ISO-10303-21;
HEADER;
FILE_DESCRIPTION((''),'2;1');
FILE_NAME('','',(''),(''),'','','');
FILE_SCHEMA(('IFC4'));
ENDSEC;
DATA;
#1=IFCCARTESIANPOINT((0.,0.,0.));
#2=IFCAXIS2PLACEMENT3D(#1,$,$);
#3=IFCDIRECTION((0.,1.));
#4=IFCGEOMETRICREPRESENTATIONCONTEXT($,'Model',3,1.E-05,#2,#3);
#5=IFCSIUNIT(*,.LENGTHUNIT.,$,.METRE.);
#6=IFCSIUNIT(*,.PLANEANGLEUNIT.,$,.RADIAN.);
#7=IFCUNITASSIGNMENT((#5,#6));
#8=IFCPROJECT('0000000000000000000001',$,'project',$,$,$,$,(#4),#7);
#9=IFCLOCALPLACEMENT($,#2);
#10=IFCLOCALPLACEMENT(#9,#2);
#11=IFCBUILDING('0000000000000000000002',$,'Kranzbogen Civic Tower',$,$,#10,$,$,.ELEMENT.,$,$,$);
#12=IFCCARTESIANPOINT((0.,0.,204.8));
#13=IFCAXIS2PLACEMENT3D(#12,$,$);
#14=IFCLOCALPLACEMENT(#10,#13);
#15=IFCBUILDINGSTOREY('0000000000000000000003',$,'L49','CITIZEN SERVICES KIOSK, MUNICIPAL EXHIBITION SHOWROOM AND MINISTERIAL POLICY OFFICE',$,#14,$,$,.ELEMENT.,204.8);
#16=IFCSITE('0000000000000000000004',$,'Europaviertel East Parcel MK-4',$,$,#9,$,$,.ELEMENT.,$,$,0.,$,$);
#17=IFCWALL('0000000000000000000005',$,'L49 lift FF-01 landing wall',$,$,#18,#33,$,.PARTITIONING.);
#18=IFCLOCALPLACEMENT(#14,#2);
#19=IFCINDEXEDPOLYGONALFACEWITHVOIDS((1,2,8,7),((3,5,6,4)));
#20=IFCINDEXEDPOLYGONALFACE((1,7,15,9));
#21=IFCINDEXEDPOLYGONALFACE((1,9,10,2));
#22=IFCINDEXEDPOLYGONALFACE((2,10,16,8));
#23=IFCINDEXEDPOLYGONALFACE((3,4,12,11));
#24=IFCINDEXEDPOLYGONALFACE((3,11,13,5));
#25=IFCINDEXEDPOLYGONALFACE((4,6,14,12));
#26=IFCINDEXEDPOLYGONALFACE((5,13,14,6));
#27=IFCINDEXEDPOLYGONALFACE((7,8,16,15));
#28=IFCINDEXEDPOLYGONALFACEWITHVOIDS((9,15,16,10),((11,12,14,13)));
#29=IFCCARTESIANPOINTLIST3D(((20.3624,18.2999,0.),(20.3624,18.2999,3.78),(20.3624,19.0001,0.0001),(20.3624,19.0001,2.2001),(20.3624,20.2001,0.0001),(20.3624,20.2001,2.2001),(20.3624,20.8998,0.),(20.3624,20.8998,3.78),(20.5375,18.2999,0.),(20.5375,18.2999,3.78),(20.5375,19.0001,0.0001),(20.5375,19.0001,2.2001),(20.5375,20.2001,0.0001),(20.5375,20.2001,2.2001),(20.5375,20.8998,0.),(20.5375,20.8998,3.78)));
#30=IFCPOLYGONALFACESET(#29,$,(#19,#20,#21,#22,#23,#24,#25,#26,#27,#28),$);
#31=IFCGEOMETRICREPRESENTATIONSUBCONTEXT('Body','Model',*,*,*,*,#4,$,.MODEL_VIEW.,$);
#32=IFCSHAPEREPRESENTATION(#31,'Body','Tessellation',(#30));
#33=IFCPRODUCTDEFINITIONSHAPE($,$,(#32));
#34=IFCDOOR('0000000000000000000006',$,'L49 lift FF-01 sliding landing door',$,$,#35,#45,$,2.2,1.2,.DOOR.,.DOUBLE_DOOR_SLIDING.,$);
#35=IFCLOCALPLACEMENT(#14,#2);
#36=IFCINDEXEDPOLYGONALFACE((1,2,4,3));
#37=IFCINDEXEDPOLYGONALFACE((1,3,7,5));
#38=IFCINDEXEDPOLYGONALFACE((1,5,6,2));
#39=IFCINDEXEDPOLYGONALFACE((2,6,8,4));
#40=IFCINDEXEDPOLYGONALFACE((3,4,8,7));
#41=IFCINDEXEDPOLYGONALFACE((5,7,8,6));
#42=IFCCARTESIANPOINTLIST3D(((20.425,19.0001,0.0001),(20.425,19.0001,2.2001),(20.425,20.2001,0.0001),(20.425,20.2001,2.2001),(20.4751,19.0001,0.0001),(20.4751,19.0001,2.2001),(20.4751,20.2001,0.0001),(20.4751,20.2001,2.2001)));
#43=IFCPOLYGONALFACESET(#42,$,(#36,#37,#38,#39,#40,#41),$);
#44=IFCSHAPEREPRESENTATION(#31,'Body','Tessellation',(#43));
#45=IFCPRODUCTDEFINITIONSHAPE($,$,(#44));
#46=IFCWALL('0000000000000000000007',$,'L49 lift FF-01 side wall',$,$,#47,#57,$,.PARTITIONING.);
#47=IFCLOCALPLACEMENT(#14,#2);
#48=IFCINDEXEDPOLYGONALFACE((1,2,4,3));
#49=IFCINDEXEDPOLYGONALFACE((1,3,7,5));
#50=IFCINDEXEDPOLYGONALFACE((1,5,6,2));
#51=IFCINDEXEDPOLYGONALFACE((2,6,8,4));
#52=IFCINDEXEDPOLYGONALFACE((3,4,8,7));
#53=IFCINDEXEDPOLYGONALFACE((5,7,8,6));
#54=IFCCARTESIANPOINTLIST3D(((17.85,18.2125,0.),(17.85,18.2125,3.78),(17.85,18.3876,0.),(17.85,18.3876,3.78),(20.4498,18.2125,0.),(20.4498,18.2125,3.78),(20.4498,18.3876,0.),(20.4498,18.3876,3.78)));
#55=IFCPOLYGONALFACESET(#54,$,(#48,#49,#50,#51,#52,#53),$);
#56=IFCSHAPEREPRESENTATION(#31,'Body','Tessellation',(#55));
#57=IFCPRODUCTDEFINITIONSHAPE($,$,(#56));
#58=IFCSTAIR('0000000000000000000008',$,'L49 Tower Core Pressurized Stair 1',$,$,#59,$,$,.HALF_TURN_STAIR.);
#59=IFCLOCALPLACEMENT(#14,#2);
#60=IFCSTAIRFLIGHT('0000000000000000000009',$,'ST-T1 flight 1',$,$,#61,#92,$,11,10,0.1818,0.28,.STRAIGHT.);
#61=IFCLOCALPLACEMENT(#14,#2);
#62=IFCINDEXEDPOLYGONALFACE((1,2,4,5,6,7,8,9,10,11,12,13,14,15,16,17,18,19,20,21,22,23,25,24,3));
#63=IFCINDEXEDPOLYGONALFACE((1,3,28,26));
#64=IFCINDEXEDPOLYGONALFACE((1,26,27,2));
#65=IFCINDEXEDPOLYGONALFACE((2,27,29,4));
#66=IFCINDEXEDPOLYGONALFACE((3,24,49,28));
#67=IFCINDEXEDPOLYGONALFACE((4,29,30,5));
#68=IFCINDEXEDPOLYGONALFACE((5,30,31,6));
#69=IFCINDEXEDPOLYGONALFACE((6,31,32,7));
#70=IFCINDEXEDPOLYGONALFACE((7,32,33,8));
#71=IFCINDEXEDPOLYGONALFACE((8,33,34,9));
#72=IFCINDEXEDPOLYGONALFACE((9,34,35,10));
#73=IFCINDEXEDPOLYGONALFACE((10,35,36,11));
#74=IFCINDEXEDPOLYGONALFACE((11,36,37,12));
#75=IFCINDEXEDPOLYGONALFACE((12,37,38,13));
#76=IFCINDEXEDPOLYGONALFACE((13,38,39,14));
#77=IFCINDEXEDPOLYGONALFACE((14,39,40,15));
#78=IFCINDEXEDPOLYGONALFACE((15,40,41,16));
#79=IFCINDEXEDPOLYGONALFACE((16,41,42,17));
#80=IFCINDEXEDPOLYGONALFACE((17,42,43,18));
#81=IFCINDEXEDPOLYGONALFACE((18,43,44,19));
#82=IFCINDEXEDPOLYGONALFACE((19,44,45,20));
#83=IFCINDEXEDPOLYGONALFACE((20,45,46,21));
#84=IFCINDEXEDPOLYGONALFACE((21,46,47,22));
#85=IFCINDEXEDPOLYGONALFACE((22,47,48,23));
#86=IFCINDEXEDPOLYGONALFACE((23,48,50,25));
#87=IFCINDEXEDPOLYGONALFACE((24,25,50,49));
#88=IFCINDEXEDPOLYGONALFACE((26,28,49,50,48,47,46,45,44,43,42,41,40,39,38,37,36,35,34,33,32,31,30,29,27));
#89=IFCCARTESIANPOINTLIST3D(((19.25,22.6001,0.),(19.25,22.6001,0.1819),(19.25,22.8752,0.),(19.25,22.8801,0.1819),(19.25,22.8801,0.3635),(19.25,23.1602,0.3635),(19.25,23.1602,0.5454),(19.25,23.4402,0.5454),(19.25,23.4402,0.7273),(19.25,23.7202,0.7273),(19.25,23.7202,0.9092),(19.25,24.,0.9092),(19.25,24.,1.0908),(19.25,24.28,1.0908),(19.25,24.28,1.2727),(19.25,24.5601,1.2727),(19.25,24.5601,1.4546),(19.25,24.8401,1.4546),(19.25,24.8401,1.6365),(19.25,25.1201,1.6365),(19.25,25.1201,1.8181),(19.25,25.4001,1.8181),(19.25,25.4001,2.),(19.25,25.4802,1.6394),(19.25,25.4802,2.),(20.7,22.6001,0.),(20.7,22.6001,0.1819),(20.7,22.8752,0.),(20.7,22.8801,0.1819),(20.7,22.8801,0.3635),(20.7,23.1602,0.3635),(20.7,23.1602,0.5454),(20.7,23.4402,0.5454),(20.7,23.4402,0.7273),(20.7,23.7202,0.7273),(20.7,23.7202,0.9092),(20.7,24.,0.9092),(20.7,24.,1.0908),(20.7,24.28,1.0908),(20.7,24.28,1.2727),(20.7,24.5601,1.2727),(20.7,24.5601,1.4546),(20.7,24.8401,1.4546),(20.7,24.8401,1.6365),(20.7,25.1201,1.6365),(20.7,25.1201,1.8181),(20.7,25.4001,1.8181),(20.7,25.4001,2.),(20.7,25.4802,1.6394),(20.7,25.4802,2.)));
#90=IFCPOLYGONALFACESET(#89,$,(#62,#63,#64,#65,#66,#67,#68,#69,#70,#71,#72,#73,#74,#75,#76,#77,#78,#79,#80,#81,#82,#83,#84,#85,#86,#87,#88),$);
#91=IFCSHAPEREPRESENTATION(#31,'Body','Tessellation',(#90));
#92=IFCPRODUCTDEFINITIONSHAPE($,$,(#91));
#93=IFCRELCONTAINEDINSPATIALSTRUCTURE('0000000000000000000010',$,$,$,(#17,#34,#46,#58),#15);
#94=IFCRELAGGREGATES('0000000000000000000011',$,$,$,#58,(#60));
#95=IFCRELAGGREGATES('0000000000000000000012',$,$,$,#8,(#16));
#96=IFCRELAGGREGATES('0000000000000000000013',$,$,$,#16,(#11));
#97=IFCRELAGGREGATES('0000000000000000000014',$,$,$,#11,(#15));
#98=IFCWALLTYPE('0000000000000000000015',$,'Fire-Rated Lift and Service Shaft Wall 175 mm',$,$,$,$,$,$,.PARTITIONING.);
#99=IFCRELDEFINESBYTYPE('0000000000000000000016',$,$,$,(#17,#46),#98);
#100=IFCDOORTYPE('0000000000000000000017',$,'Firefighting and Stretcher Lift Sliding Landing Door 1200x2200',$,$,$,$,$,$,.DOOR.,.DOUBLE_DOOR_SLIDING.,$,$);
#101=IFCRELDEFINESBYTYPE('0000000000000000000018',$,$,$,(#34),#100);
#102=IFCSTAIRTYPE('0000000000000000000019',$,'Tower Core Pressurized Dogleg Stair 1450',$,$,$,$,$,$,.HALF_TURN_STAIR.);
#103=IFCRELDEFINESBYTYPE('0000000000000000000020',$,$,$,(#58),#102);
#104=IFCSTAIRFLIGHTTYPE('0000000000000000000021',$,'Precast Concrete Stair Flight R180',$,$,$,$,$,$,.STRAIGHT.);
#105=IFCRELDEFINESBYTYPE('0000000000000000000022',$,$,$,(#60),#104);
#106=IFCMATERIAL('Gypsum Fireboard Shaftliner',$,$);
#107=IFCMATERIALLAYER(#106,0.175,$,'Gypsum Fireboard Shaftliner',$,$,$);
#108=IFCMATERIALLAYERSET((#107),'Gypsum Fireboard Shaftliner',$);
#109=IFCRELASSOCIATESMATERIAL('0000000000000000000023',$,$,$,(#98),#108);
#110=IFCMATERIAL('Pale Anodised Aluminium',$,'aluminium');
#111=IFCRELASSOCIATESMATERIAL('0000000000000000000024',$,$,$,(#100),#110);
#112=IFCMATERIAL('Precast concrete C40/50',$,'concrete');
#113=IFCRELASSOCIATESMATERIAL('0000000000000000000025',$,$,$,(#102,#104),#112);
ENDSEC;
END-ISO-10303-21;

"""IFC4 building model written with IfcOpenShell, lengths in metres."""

from ifc_helpers import new_model, si_unit, direction, frame, frame_2d, origin, place, context, subcontext, project, spatial, polyline, rectangle, outline, extrude, material, layer, layer_set, type_object, element, fill, aggregate, save


model = new_model("IFC4")

# Units and contexts
model_context = context("Model", 3, precision=1e-05, world=origin(), true_north=direction((0.0, 1.0)))
body_context = subcontext(model_context, "Body", "Model", "MODEL_VIEW")
ifc_project = project(units=[si_unit("LENGTHUNIT", "METRE"), si_unit("PLANEANGLEUNIT", "RADIAN")], contexts=[model_context])

# Site, building, storey
site_placement = place(None, origin())
site = spatial("IfcSite", under=ifc_project, at=site_placement, Name="Europaviertel East Parcel MK-4", CompositionType="ELEMENT", RefElevation=0.0)
building_placement = place(site_placement, origin())
building = spatial("IfcBuilding", under=site, at=building_placement, Name="Kranzbogen Civic Tower", CompositionType="ELEMENT")
storey_placement = place(building_placement, frame((0.0, 0.0, 204.8)))
storey = spatial("IfcBuildingStorey", under=building, at=storey_placement, Name="L49", Description="CITIZEN SERVICES KIOSK, MUNICIPAL EXHIBITION SHOWROOM AND MINISTERIAL POLICY OFFICE", CompositionType="ELEMENT", Elevation=204.8)

# Wall, opening, door
ifc_material_1 = material(Name="Gypsum Fireboard Shaftliner")
ifc_layer_1 = layer(ifc_material_1, 0.175, Name="Gypsum Fireboard Shaftliner")
ifc_layer_set_1 = layer_set([ifc_layer_1], Name="Gypsum Fireboard Shaftliner")
wall_type_1 = type_object("IfcWallType", Name="Fire-Rated Lift and Service Shaft Wall 175 mm", PredefinedType="PARTITIONING", material=ifc_layer_set_1)
wall_1_placement = place(storey_placement, frame((20.45, 18.3, 0.0), z_axis=(0.0, 0.0, 1.0), x_axis=(0.0, 1.0, 0.0)))
wall_1 = element("IfcWall", 1, at=wall_1_placement, inside=storey, type_object=wall_type_1, Name="L49 lift FF-01 landing wall", PredefinedType="PARTITIONING", context=body_context, shape_type="SweptSolid", body=[
    extrude(rectangle(XDim=2.5999, YDim=0.175, at=frame_2d((1.2998, 0.0))), origin(), (0.0, 0.0, 1.0), 3.78),
])
opening_1_placement = place(wall_1_placement, frame((0.7, 0.0, 0.0)))
opening_1 = element("IfcOpeningElement", 2, at=opening_1_placement, cuts=wall_1, PredefinedType="OPENING", context=body_context, shape_type="SweptSolid", body=[
    extrude(rectangle(XDim=1.2, YDim=2.2, at=frame_2d((0.6001, 1.1001))), frame((0.0, 0.0977, 0.0), z_axis=(0.0, -1.0, 0.0), x_axis=(1.0, 0.0, 0.0)), (0.0, 0.0, 1.0), 0.1951),
])
ifc_material_2 = material(Name="Pale Anodised Aluminium", Category="aluminium")
door_type_1 = type_object("IfcDoorType", Name="Firefighting and Stretcher Lift Sliding Landing Door 1200x2200", OperationType="DOUBLE_DOOR_SLIDING", PredefinedType="DOOR", material=ifc_material_2)
door_1_placement = place(opening_1_placement, origin())
door_1 = element("IfcDoor", 3, at=door_1_placement, inside=storey, type_object=door_type_1, Name="L49 lift FF-01 sliding landing door", OperationType="DOUBLE_DOOR_SLIDING", OverallHeight=2.2, OverallWidth=1.2, PredefinedType="DOOR", context=body_context, shape_type="SweptSolid", body=[
    extrude(rectangle(XDim=1.2, YDim=2.2, at=frame_2d((0.6001, 1.1001))), frame((0.0, 0.0249, 0.0), z_axis=(0.0, -1.0, 0.0), x_axis=(1.0, 0.0, 0.0)), (0.0, 0.0, 1.0), 0.05),
])
fill(opening_1, door_1)

# Wall
wall_2_placement = place(storey_placement, frame((17.8501, 18.3, 0.0), z_axis=(0.0, 0.0, 1.0), x_axis=(1.0, 0.0, 0.0)))
element("IfcWall", 4, at=wall_2_placement, inside=storey, type_object=wall_type_1, Name="L49 lift FF-01 side wall", PredefinedType="PARTITIONING", context=body_context, shape_type="SweptSolid", body=[
    extrude(rectangle(XDim=2.5999, YDim=0.175, at=frame_2d((1.2998, 0.0))), origin(), (0.0, 0.0, 1.0), 3.78),
])

# Stair, stair flight
ifc_material_3 = material(Name="Precast concrete C40/50", Category="concrete")
stair_type = type_object("IfcStairType", Name="Tower Core Pressurized Dogleg Stair 1450", PredefinedType="HALF_TURN_STAIR", material=ifc_material_3)
stair_placement = place(storey_placement, origin())
stair = element("IfcStair", 5, at=stair_placement, inside=storey, type_object=stair_type, Name="L49 Tower Core Pressurized Stair 1", PredefinedType="HALF_TURN_STAIR")
stair_flight_type = type_object("IfcStairFlightType", Name="Precast Concrete Stair Flight R180", PredefinedType="STRAIGHT", material=ifc_material_3)
stair_flight_placement = place(storey_placement, frame((19.9751, 22.6001, 0.0), z_axis=(0.0, 0.0, 1.0), x_axis=(0.0, 1.0, 0.0)))
stair_flight = element("IfcStairFlight", 6, at=stair_flight_placement, type_object=stair_flight_type, Name="ST-T1 flight 1", NumberOfRisers=11, NumberOfTreads=10, PredefinedType="STRAIGHT", RiserHeight=0.1818, TreadLength=0.28, context=body_context, shape_type="SweptSolid", body=[
    extrude(outline(polyline([(0.0, 0.0), (0.0, 0.1819), (0.28, 0.1819), (0.28, 0.3635), (0.5601, 0.3635), (0.5601, 0.5454), (0.8401, 0.5454), (0.8401, 0.7273), (1.1201, 0.7273), (1.1201, 0.9092), (1.3999, 0.9092), (1.3999, 1.0908), (1.6799, 1.0908), (1.6799, 1.2727), (1.96, 1.2727), (1.96, 1.4546), (2.24, 1.4546), (2.24, 1.6365), (2.52, 1.6365), (2.52, 1.8181), (2.8, 1.8181), (2.8, 2.0), (2.8801, 2.0), (2.8801, 1.6394), (0.2751, 0.0), (0.0, 0.0)])), frame((0.0, 0.7251, 0.0), z_axis=(0.0, -1.0, 0.0), x_axis=(1.0, 0.0, 0.0)), (0.0, 0.0, 1.0), 1.45),
])
aggregate(stair, [stair_flight])

save(model, "model.ifc")
